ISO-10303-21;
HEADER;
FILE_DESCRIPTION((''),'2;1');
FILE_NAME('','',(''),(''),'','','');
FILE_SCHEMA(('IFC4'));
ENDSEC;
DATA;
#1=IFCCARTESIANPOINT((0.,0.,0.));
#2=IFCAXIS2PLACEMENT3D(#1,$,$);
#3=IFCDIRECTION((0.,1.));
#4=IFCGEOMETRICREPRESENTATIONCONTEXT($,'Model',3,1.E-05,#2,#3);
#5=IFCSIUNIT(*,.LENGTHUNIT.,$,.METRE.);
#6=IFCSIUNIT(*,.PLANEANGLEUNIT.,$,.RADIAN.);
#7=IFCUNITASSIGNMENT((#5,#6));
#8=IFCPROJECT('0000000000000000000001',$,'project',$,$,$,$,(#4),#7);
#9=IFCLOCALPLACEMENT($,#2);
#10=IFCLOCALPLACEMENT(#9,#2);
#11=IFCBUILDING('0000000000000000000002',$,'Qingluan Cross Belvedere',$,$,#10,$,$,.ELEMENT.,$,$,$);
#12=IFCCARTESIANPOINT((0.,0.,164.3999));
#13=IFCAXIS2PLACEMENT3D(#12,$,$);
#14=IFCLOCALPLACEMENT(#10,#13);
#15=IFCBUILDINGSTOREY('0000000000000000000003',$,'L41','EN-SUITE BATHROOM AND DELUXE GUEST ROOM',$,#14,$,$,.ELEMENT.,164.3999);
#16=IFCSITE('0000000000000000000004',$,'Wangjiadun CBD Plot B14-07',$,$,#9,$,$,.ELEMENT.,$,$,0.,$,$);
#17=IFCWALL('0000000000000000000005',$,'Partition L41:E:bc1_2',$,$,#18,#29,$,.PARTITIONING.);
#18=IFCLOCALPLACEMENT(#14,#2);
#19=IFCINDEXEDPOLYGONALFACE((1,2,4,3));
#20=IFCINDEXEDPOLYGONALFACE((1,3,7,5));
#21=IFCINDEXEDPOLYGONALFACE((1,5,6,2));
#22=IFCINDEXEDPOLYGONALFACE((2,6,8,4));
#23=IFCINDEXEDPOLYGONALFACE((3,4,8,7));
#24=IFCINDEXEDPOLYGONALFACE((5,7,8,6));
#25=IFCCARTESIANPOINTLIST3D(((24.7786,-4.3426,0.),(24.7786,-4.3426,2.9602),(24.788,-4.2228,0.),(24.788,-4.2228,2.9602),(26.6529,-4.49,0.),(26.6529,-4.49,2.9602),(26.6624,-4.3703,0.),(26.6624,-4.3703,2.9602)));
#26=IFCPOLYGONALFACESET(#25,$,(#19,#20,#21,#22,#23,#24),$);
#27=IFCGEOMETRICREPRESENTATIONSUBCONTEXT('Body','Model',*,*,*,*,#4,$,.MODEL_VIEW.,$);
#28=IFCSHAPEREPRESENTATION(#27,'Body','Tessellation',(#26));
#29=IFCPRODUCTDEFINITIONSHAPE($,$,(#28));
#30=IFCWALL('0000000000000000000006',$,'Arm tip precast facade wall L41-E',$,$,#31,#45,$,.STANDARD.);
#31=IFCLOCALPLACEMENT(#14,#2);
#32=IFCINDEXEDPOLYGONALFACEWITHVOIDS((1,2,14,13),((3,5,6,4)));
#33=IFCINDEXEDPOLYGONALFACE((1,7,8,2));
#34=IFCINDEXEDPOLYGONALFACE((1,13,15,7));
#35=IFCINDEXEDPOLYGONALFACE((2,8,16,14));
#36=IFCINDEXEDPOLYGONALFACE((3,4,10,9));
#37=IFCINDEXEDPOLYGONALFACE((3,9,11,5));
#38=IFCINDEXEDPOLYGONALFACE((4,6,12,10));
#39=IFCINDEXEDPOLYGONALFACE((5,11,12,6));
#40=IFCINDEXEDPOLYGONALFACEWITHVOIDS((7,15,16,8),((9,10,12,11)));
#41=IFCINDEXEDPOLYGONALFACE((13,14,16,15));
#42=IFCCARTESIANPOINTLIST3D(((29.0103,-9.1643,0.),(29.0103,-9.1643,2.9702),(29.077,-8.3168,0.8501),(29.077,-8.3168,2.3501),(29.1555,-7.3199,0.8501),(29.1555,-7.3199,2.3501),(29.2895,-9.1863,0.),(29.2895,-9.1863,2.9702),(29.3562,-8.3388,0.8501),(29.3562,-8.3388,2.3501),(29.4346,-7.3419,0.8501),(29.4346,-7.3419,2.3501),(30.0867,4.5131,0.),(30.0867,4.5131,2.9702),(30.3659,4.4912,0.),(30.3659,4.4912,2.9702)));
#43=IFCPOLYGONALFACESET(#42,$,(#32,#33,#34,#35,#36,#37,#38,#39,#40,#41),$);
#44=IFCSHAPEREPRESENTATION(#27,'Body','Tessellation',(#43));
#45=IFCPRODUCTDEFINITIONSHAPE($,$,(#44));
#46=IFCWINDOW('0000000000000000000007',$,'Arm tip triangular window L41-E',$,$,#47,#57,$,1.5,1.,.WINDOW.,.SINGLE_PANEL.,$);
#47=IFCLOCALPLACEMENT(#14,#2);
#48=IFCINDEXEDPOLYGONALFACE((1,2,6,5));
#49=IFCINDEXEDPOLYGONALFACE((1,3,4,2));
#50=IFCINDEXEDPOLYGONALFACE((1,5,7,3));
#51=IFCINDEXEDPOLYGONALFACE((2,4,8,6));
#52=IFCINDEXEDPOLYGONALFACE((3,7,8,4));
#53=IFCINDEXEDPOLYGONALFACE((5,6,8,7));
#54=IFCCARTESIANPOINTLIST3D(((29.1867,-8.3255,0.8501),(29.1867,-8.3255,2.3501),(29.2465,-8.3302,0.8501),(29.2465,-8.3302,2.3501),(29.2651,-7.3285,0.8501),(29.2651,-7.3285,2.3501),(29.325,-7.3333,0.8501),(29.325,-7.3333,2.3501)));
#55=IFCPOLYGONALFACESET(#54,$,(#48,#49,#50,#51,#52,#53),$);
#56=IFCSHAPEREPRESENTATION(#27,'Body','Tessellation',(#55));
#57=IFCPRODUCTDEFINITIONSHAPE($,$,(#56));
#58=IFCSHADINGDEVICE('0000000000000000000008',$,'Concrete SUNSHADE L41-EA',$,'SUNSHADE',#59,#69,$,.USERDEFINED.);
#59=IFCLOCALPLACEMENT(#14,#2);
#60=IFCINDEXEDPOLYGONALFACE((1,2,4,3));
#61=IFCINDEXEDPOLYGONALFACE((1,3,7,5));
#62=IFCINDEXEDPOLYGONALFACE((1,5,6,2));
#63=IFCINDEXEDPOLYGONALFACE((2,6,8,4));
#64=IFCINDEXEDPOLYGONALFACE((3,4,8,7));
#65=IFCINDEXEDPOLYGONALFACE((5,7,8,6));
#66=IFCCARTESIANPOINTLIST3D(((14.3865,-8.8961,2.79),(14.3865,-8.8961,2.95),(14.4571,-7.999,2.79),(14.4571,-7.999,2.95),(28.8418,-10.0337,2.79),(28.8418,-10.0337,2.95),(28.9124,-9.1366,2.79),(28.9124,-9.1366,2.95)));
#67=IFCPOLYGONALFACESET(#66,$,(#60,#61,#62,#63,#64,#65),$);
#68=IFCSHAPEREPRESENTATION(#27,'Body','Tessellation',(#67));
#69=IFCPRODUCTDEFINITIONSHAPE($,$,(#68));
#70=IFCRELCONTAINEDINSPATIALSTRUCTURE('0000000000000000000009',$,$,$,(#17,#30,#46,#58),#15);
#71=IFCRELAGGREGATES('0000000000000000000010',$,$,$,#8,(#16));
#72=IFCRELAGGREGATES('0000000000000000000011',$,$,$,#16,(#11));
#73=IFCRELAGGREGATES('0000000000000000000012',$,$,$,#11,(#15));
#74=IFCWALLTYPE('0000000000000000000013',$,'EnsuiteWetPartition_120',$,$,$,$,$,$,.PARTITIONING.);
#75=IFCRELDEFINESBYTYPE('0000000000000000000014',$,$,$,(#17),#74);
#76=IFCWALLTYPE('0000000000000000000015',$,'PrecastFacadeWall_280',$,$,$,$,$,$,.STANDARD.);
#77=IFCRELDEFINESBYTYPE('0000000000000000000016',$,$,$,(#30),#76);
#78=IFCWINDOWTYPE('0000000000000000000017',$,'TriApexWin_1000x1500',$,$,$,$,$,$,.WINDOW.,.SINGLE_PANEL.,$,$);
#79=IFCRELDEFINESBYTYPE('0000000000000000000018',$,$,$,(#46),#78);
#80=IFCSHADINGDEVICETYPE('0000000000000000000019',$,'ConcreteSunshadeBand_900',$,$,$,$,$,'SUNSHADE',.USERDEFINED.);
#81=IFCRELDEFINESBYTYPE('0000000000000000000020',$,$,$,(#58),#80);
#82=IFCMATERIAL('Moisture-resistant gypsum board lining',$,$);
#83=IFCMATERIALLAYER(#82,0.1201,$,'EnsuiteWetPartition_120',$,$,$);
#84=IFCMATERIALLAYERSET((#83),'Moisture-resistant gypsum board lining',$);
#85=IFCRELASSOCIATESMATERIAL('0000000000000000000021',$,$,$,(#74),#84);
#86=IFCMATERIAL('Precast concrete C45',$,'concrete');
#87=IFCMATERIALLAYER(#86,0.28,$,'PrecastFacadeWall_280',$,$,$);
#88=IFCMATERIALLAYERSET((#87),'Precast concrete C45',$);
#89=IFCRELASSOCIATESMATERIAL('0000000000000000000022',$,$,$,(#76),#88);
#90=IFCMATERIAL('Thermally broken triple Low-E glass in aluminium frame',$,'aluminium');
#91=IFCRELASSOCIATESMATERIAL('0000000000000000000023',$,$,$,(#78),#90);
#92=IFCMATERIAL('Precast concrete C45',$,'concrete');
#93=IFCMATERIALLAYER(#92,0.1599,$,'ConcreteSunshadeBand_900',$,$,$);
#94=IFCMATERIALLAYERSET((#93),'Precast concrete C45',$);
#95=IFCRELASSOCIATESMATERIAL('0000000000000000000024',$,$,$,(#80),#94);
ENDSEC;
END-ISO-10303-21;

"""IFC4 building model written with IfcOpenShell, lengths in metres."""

from ifc_helpers import new_model, si_unit, direction, frame, frame_2d, origin, origin_2d, place, context, subcontext, project, spatial, rectangle, extrude, material, layer, layer_set, type_object, element, fill, save


model = new_model("IFC4")

# Units and contexts
model_context = context("Model", 3, precision=1e-05, world=origin(), true_north=direction((0.0, 1.0)))
body_context = subcontext(model_context, "Body", "Model", "MODEL_VIEW")
ifc_project = project(units=[si_unit("LENGTHUNIT", "METRE"), si_unit("PLANEANGLEUNIT", "RADIAN")], contexts=[model_context])

# Site, building, storey
site_placement = place(None, origin())
site = spatial("IfcSite", under=ifc_project, at=site_placement, Name="Wangjiadun CBD Plot B14-07", CompositionType="ELEMENT", RefElevation=0.0)
building_placement = place(site_placement, origin())
building = spatial("IfcBuilding", under=site, at=building_placement, Name="Qingluan Cross Belvedere", CompositionType="ELEMENT")
storey_placement = place(building_placement, frame((0.0, 0.0, 164.3999)))
storey = spatial("IfcBuildingStorey", under=building, at=storey_placement, Name="L41", Description="EN-SUITE BATHROOM AND DELUXE GUEST ROOM", CompositionType="ELEMENT", Elevation=164.3999)

# Shared definitions
ifc_material_1 = material(Name="Moisture-resistant gypsum board lining")
ifc_layer_1 = layer(ifc_material_1, 0.1201, Name="EnsuiteWetPartition_120")
ifc_layer_set_1 = layer_set([ifc_layer_1], Name="Moisture-resistant gypsum board lining")
wall_type_1 = type_object("IfcWallType", Name="EnsuiteWetPartition_120", PredefinedType="PARTITIONING", material=ifc_layer_set_1)

# Wall
wall_1_placement = place(storey_placement, frame((24.7834, -4.2827, 0.0), z_axis=(0.0, 0.0, 1.0), x_axis=(0.996919, -0.078434, 0.0)))
element("IfcWall", 1, at=wall_1_placement, inside=storey, type_object=wall_type_1, Name="Partition L41:E:bc1_2", PredefinedType="PARTITIONING", context=body_context, shape_type="SweptSolid", body=[
    extrude(rectangle(XDim=1.8801, YDim=0.1201, at=frame_2d((0.9399, 0.0))), origin(), (0.0, 0.0, 1.0), 2.9602),
])

# Wall, opening, window
ifc_material_2 = material(Name="Precast concrete C45", Category="concrete")
ifc_layer_2 = layer(ifc_material_2, 0.28, Name="PrecastFacadeWall_280")
ifc_layer_set_2 = layer_set([ifc_layer_2], Name="Precast concrete C45")
wall_type_2 = type_object("IfcWallType", Name="PrecastFacadeWall_280", PredefinedType="STANDARD", material=ifc_layer_set_2)
wall_2_placement = place(storey_placement, frame((29.1499, -9.1753, 0.0), z_axis=(0.0, 0.0, 1.0), x_axis=(0.078457, 0.996917, 0.0)))
wall_2 = element("IfcWall", 2, at=wall_2_placement, inside=storey, type_object=wall_type_2, Name="Arm tip precast facade wall L41-E", PredefinedType="STANDARD", context=body_context, shape_type="SweptSolid", body=[
    extrude(rectangle(XDim=13.7197, YDim=0.28, at=frame_2d((6.8599, 0.0))), origin(), (0.0, 0.0, 1.0), 2.9702),
])
opening_1_placement = place(wall_2_placement, frame((0.8501, 0.0, 0.8501)))
opening_1 = element("IfcOpeningElement", 3, at=opening_1_placement, cuts=wall_2, PredefinedType="OPENING", context=body_context, shape_type="SweptSolid", body=[
    extrude(rectangle(XDim=1.0, YDim=1.5, at=frame_2d((0.5, 0.75))), frame((0.0, 0.1499, 0.0), z_axis=(0.0, -1.0, 0.0), x_axis=(1.0, 0.0, 0.0)), (0.0, 0.0, 1.0), 0.3),
])
ifc_material_3 = material(Name="Thermally broken triple Low-E glass in aluminium frame", Category="aluminium")
window_type = type_object("IfcWindowType", Name="TriApexWin_1000x1500", PartitioningType="SINGLE_PANEL", PredefinedType="WINDOW", material=ifc_material_3)
window_placement = place(opening_1_placement, origin())
window = element("IfcWindow", 4, at=window_placement, inside=storey, type_object=window_type, Name="Arm tip triangular window L41-E", OverallHeight=1.5, OverallWidth=1.0, PartitioningType="SINGLE_PANEL", PredefinedType="WINDOW", context=body_context, shape_type="SweptSolid", body=[
    extrude(rectangle(XDim=1.0, YDim=1.5, at=frame_2d((0.5, 0.75))), frame((0.0, 0.03, 0.0), z_axis=(0.0, -1.0, 0.0), x_axis=(1.0, 0.0, 0.0)), (0.0, 0.0, 1.0), 0.0601),
])
fill(opening_1, window)

# Shading device
ifc_material_4 = material(Name="Precast concrete C45", Category="concrete")
ifc_layer_3 = layer(ifc_material_4, 0.1599, Name="ConcreteSunshadeBand_900")
ifc_layer_set_3 = layer_set([ifc_layer_3], Name="Precast concrete C45")
shading_device_type = type_object("IfcShadingDeviceType", Name="ConcreteSunshadeBand_900", ElementType="SUNSHADE", PredefinedType="USERDEFINED", material=ifc_layer_set_3)
shading_device_placement = place(storey_placement, frame((21.6494, -9.0164, 2.79), z_axis=(0.0, 0.0, 1.0), x_axis=(0.996918, -0.078456, 0.0)))
element("IfcShadingDevice", 5, at=shading_device_placement, inside=storey, type_object=shading_device_type, Name="Concrete SUNSHADE L41-EA", ObjectType="SUNSHADE", PredefinedType="USERDEFINED", context=body_context, shape_type="SweptSolid", body=[
    extrude(rectangle(XDim=14.5, YDim=0.8999, at=origin_2d()), origin(), (0.0, 0.0, 1.0), 0.1599),
])

save(model, "model.ifc")
